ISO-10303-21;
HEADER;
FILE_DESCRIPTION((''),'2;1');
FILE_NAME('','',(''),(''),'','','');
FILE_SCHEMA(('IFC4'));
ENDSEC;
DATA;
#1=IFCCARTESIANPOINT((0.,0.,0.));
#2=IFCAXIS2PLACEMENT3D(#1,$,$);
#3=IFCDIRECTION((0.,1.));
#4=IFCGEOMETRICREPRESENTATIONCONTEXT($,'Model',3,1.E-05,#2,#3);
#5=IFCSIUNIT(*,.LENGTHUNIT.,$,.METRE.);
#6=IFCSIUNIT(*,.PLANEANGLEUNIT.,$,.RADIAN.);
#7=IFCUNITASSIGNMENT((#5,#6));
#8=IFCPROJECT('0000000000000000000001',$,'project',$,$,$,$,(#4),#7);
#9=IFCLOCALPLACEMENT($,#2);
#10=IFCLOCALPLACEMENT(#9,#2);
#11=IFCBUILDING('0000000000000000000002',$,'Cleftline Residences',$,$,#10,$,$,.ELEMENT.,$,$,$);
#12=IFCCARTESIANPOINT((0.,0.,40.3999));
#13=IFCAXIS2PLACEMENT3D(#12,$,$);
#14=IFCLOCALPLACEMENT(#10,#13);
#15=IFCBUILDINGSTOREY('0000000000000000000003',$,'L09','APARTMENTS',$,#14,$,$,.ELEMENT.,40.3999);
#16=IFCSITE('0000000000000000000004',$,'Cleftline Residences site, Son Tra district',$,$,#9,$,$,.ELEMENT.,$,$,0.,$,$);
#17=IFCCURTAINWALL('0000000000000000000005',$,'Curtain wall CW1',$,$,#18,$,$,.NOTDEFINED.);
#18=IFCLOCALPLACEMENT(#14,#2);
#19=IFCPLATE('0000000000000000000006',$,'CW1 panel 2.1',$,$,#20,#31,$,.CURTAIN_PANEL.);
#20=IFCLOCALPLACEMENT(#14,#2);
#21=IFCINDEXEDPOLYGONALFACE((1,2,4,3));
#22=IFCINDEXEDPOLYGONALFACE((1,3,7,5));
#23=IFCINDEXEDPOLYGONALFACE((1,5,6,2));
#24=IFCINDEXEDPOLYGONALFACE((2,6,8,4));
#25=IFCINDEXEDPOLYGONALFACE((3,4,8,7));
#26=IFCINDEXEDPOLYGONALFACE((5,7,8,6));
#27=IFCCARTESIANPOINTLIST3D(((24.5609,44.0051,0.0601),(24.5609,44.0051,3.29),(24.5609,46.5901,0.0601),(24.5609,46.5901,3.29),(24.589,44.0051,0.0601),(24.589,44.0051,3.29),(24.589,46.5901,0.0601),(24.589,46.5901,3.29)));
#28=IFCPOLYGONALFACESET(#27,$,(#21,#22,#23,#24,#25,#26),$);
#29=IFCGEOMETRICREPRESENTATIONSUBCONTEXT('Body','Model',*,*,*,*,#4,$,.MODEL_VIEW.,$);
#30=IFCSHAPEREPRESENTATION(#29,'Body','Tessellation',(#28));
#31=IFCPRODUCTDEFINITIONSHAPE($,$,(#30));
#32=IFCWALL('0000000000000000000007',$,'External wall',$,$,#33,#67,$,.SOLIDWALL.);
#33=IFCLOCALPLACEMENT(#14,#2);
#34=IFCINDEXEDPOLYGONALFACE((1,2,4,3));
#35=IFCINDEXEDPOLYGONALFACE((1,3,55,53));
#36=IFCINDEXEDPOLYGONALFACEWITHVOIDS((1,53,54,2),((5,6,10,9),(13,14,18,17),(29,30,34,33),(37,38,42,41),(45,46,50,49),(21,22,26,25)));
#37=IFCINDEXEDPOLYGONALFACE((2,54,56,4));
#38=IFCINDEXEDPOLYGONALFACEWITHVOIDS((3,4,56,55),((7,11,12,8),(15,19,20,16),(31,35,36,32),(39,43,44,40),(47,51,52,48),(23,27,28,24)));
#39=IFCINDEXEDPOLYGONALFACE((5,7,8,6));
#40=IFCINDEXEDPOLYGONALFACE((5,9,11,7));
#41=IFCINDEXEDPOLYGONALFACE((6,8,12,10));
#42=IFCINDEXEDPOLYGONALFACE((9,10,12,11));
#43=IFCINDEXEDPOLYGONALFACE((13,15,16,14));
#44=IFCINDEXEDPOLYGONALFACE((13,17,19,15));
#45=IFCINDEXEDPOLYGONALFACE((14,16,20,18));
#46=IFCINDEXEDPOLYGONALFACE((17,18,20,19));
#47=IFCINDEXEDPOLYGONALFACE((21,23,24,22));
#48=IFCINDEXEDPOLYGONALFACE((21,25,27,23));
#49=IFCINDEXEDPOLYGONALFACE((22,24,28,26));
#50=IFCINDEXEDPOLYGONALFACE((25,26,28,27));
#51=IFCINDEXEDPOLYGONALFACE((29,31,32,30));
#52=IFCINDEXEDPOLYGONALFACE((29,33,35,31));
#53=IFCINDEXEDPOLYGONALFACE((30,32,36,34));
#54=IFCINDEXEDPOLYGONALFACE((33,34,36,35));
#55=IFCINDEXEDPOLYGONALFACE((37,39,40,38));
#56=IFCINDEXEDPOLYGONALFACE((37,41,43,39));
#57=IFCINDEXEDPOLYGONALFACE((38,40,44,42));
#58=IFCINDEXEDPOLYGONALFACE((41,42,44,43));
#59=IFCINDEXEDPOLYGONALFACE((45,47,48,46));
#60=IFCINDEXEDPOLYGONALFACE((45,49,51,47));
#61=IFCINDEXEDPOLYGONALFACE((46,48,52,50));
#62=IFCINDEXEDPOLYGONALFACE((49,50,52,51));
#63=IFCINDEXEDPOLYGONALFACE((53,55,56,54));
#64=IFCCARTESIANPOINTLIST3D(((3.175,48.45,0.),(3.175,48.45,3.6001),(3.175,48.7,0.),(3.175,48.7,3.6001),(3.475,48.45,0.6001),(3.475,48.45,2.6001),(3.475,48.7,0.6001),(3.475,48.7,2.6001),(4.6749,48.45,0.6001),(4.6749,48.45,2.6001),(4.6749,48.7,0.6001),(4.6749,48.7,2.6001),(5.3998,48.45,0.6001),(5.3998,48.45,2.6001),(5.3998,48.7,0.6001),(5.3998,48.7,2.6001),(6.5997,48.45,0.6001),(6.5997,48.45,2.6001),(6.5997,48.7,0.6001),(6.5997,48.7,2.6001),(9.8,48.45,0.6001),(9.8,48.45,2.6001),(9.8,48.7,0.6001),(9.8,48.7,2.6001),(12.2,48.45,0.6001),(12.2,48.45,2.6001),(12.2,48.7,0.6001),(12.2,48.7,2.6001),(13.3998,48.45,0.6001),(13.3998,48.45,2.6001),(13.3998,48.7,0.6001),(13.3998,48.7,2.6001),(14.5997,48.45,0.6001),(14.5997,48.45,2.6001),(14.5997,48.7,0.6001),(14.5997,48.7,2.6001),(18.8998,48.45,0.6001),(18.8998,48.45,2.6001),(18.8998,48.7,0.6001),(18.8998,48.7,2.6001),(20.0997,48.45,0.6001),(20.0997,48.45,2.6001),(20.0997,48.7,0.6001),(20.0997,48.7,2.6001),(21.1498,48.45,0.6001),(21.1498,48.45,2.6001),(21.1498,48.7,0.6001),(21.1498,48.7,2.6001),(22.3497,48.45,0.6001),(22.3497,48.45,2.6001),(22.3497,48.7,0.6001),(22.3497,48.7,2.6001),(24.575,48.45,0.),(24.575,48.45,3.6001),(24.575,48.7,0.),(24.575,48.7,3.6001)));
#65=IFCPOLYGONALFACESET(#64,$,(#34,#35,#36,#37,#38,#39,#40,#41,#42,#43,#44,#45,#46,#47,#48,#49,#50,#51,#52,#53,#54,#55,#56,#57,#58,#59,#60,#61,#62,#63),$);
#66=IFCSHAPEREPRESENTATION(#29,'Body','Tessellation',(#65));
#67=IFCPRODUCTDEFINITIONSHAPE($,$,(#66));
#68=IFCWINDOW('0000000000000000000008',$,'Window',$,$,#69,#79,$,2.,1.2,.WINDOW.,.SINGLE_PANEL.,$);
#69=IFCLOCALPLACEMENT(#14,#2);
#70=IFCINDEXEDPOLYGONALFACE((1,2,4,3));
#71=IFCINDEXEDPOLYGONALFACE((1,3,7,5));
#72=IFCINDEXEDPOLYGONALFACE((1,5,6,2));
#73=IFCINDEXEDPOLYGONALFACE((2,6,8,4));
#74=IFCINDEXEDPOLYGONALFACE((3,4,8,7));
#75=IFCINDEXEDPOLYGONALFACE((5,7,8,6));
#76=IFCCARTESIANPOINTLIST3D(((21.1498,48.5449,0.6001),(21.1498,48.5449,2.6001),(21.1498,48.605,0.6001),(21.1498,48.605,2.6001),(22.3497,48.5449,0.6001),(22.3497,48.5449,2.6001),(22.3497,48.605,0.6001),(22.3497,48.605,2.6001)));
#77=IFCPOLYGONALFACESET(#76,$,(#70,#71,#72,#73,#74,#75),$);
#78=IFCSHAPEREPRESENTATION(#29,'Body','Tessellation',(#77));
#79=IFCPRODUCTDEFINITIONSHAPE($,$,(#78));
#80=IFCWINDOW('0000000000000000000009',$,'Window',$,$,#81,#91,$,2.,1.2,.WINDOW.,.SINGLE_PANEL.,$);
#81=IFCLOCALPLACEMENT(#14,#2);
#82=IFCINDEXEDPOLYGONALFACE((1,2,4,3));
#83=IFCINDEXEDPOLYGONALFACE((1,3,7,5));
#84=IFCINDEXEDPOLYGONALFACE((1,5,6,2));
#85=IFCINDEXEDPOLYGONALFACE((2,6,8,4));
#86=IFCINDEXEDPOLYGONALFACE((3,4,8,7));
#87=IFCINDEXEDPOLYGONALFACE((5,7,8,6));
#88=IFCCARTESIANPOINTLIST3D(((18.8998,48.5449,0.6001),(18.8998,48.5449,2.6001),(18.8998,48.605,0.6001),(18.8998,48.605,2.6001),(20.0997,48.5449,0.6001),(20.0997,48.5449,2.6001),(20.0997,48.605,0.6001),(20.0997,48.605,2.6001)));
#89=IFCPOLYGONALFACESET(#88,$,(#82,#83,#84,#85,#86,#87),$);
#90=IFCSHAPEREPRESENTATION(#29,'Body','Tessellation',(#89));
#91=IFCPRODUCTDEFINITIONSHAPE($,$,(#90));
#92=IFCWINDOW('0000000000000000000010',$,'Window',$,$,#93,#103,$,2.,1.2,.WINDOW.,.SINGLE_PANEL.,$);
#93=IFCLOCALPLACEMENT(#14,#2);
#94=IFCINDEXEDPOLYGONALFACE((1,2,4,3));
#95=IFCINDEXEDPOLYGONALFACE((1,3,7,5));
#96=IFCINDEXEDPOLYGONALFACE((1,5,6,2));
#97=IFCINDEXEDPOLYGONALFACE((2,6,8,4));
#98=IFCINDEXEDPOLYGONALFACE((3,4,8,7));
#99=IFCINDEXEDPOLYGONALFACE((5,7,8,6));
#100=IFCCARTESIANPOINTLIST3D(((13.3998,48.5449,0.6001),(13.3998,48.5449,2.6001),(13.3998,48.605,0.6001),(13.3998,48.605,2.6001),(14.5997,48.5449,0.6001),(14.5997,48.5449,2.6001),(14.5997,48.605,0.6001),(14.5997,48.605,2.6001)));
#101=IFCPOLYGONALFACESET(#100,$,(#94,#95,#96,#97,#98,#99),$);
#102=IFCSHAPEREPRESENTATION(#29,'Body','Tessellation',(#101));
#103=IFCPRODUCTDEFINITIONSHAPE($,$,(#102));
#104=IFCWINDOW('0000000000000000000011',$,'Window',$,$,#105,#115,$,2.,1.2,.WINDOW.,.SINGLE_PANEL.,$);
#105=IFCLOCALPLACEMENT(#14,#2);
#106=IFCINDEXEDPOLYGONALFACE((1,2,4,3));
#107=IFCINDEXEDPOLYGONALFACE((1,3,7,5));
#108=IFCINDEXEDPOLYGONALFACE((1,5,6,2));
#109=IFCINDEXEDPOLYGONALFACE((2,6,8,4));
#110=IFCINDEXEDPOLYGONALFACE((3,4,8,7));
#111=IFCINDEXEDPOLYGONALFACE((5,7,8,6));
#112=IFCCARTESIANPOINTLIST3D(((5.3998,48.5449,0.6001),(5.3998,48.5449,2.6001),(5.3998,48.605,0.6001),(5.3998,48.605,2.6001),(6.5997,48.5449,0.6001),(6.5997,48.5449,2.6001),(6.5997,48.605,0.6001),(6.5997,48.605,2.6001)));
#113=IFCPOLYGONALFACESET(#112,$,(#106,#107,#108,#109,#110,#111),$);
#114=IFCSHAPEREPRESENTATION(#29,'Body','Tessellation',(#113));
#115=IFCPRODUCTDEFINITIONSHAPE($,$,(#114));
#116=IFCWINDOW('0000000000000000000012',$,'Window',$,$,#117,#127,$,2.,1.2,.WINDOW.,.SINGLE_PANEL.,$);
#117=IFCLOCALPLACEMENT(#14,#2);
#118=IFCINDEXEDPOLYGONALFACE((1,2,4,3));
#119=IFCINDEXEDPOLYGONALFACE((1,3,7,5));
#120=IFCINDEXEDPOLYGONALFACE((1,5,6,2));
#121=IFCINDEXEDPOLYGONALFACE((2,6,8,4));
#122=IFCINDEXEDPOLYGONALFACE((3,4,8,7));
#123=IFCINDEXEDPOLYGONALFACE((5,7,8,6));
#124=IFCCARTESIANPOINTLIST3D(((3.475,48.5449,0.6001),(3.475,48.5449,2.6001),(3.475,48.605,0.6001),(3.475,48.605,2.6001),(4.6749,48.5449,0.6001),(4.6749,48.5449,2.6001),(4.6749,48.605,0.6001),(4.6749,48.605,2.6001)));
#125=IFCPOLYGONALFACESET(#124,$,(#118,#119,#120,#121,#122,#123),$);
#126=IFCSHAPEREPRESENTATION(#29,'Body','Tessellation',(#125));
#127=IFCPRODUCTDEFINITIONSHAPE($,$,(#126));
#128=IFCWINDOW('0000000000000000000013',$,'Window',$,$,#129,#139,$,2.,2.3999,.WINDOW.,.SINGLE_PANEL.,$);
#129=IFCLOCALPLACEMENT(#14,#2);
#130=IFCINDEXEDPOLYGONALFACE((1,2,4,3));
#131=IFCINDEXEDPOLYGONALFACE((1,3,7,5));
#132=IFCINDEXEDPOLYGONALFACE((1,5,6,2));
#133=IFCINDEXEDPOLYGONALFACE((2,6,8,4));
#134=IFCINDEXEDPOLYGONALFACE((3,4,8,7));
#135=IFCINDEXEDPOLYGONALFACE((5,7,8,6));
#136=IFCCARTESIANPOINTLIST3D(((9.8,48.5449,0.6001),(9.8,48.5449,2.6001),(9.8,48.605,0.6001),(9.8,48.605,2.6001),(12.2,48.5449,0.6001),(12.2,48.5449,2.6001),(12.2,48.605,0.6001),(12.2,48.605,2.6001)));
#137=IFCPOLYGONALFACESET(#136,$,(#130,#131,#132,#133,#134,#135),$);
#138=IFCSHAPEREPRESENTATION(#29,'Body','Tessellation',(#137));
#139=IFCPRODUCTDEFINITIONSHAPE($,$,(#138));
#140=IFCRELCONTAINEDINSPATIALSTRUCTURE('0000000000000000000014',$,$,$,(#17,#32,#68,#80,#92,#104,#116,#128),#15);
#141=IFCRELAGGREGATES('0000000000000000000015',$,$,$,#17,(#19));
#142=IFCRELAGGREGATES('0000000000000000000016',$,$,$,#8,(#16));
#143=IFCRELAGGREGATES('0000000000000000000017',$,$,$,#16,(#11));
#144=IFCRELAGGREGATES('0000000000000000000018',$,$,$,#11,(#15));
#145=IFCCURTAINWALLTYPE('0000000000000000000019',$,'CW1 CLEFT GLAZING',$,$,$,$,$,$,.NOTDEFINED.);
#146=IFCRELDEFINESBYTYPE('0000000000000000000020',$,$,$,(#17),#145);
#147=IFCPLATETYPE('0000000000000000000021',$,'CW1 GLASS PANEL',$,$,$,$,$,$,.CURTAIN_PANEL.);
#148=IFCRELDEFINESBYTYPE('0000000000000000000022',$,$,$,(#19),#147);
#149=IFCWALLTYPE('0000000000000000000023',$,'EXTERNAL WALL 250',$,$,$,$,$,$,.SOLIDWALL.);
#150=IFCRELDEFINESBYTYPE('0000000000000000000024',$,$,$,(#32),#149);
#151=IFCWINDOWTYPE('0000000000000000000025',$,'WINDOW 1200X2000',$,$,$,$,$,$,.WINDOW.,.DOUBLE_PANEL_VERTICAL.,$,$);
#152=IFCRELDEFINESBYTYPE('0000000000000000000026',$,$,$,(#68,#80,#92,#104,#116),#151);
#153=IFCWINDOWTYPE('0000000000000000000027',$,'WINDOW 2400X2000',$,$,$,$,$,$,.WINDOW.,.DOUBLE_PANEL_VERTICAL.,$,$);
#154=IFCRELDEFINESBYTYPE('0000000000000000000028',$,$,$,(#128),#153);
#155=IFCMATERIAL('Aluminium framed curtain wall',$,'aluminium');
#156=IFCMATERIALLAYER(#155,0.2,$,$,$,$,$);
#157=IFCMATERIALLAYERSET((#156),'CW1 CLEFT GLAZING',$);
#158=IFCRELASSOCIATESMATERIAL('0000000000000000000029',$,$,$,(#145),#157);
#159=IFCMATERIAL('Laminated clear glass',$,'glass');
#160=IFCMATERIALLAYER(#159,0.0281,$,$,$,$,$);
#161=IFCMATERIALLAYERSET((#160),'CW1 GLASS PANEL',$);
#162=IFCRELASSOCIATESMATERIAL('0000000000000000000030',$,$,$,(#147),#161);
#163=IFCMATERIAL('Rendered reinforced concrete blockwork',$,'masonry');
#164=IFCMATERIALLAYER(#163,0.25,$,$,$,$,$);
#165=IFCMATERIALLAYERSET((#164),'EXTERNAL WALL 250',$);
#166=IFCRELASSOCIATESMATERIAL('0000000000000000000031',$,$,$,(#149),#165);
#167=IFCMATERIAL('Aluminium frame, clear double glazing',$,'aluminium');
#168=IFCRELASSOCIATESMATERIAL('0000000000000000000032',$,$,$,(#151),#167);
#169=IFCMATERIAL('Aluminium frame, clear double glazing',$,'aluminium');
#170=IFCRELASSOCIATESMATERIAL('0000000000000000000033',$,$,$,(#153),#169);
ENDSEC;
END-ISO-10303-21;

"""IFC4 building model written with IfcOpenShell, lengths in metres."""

from ifc_helpers import new_model, si_unit, direction, frame, frame_2d, origin, origin_2d, place, context, subcontext, project, spatial, rectangle, extrude, material, layer, layer_set, type_object, element, fill, aggregate, save


model = new_model("IFC4")

# Units and contexts
model_context = context("Model", 3, precision=1e-05, world=origin(), true_north=direction((0.0, 1.0)))
body_context = subcontext(model_context, "Body", "Model", "MODEL_VIEW")
ifc_project = project(units=[si_unit("LENGTHUNIT", "METRE"), si_unit("PLANEANGLEUNIT", "RADIAN")], contexts=[model_context])

# Site, building, storey
site_placement = place(None, origin())
site = spatial("IfcSite", under=ifc_project, at=site_placement, Name="Cleftline Residences site, Son Tra district", CompositionType="ELEMENT", RefElevation=0.0)
building_placement = place(site_placement, origin())
building = spatial("IfcBuilding", under=site, at=building_placement, Name="Cleftline Residences", CompositionType="ELEMENT")
storey_placement = place(building_placement, frame((0.0, 0.0, 40.3999)))
storey = spatial("IfcBuildingStorey", under=building, at=storey_placement, Name="L09", Description="APARTMENTS", CompositionType="ELEMENT", Elevation=40.3999)

# Shared definitions
ifc_material_1 = material(Name="Aluminium framed curtain wall", Category="aluminium")
ifc_layer_1 = layer(ifc_material_1, 0.2)
ifc_layer_set_1 = layer_set([ifc_layer_1], Name="CW1 CLEFT GLAZING")
curtain_wall_type = type_object("IfcCurtainWallType", Name="CW1 CLEFT GLAZING", PredefinedType="NOTDEFINED", material=ifc_layer_set_1)

# Curtain wall, plate
curtain_wall_1_placement = place(storey_placement, origin())
curtain_wall_1 = element("IfcCurtainWall", 1, at=curtain_wall_1_placement, inside=storey, type_object=curtain_wall_type, Name="Curtain wall CW1", PredefinedType="NOTDEFINED")
ifc_material_2 = material(Name="Laminated clear glass", Category="glass")
ifc_layer_2 = layer(ifc_material_2, 0.0281)
ifc_layer_set_2 = layer_set([ifc_layer_2], Name="CW1 GLASS PANEL")
plate_type = type_object("IfcPlateType", Name="CW1 GLASS PANEL", PredefinedType="CURTAIN_PANEL", material=ifc_layer_set_2)
plate_1_placement = place(storey_placement, frame((24.575, 45.2976, 0.0601), z_axis=(0.0, 0.0, 1.0), x_axis=(0.0, 1.0, 0.0)))
plate_1 = element("IfcPlate", 2, at=plate_1_placement, type_object=plate_type, Name="CW1 panel 2.1", PredefinedType="CURTAIN_PANEL", context=body_context, shape_type="SweptSolid", body=[
    extrude(rectangle(XDim=2.585, YDim=0.0281, at=origin_2d()), origin(), (0.0, 0.0, 1.0), 3.23),
])
aggregate(curtain_wall_1, [plate_1])

# Wall, openings, windows
ifc_material_3 = material(Name="Rendered reinforced concrete blockwork", Category="masonry")
ifc_layer_3 = layer(ifc_material_3, 0.25)
ifc_layer_set_3 = layer_set([ifc_layer_3], Name="EXTERNAL WALL 250")
wall_type = type_object("IfcWallType", Name="EXTERNAL WALL 250", PredefinedType="SOLIDWALL", material=ifc_layer_set_3)
wall_placement = place(storey_placement, frame((24.575, 48.575, 0.0), z_axis=(0.0, 0.0, 1.0), x_axis=(-1.0, 0.0, 0.0)))
wall = element("IfcWall", 3, at=wall_placement, inside=storey, type_object=wall_type, Name="External wall", PredefinedType="SOLIDWALL", context=body_context, shape_type="SweptSolid", body=[
    extrude(rectangle(XDim=21.3999, YDim=0.25, at=frame_2d((10.7, 0.0))), origin(), (0.0, 0.0, 1.0), 3.6001),
])
opening_1_placement = place(wall_placement, frame((2.2251, 0.0, 0.6001)))
opening_1 = element("IfcOpeningElement", 4, at=opening_1_placement, cuts=wall, PredefinedType="OPENING", context=body_context, shape_type="SweptSolid", body=[
    extrude(rectangle(XDim=1.2, YDim=2.0, at=frame_2d((0.6001, 1.0))), frame((0.0, 0.135, 0.0), z_axis=(0.0, -1.0, 0.0), x_axis=(1.0, 0.0, 0.0)), (0.0, 0.0, 1.0), 0.27),
])
opening_2_placement = place(wall_placement, frame((4.4751, 0.0, 0.6001)))
opening_2 = element("IfcOpeningElement", 5, at=opening_2_placement, cuts=wall, PredefinedType="OPENING", context=body_context, shape_type="SweptSolid", body=[
    extrude(rectangle(XDim=1.2, YDim=2.0, at=frame_2d((0.6001, 1.0))), frame((0.0, 0.135, 0.0), z_axis=(0.0, -1.0, 0.0), x_axis=(1.0, 0.0, 0.0)), (0.0, 0.0, 1.0), 0.27),
])
opening_3_placement = place(wall_placement, frame((9.9751, 0.0, 0.6001)))
opening_3 = element("IfcOpeningElement", 6, at=opening_3_placement, cuts=wall, PredefinedType="OPENING", context=body_context, shape_type="SweptSolid", body=[
    extrude(rectangle(XDim=1.2, YDim=2.0, at=frame_2d((0.6001, 1.0))), frame((0.0, 0.135, 0.0), z_axis=(0.0, -1.0, 0.0), x_axis=(1.0, 0.0, 0.0)), (0.0, 0.0, 1.0), 0.27),
])
opening_4_placement = place(wall_placement, frame((12.375, 0.0, 0.6001)))
opening_4 = element("IfcOpeningElement", 7, at=opening_4_placement, cuts=wall, PredefinedType="OPENING", context=body_context, shape_type="SweptSolid", body=[
    extrude(rectangle(XDim=2.3999, YDim=2.0, at=frame_2d((1.2, 1.0))), frame((0.0, 0.135, 0.0), z_axis=(0.0, -1.0, 0.0), x_axis=(1.0, 0.0, 0.0)), (0.0, 0.0, 1.0), 0.27),
])
opening_5_placement = place(wall_placement, frame((17.9751, 0.0, 0.6001)))
opening_5 = element("IfcOpeningElement", 8, at=opening_5_placement, cuts=wall, PredefinedType="OPENING", context=body_context, shape_type="SweptSolid", body=[
    extrude(rectangle(XDim=1.2, YDim=2.0, at=frame_2d((0.6001, 1.0))), frame((0.0, 0.135, 0.0), z_axis=(0.0, -1.0, 0.0), x_axis=(1.0, 0.0, 0.0)), (0.0, 0.0, 1.0), 0.27),
])
opening_6_placement = place(wall_placement, frame((19.8999, 0.0, 0.6001)))
opening_6 = element("IfcOpeningElement", 9, at=opening_6_placement, cuts=wall, PredefinedType="OPENING", context=body_context, shape_type="SweptSolid", body=[
    extrude(rectangle(XDim=1.2, YDim=2.0, at=frame_2d((0.6001, 1.0))), frame((0.0, 0.135, 0.0), z_axis=(0.0, -1.0, 0.0), x_axis=(1.0, 0.0, 0.0)), (0.0, 0.0, 1.0), 0.27),
])
ifc_material_4 = material(Name="Aluminium frame, clear double glazing", Category="aluminium")
window_type_1 = type_object("IfcWindowType", Name="WINDOW 1200X2000", PartitioningType="DOUBLE_PANEL_VERTICAL", PredefinedType="WINDOW", material=ifc_material_4)
window_1_placement = place(opening_1_placement, origin())
window_1 = element("IfcWindow", 10, at=window_1_placement, inside=storey, type_object=window_type_1, Name="Window", OverallHeight=2.0, OverallWidth=1.2, PartitioningType="SINGLE_PANEL", PredefinedType="WINDOW", context=body_context, shape_type="SweptSolid", body=[
    extrude(rectangle(XDim=1.2, YDim=2.0, at=frame_2d((0.6001, 1.0))), frame((0.0, 0.03, 0.0), z_axis=(0.0, -1.0, 0.0), x_axis=(1.0, 0.0, 0.0)), (0.0, 0.0, 1.0), 0.0601),
])
fill(opening_1, window_1)
window_2_placement = place(opening_2_placement, origin())
window_2 = element("IfcWindow", 11, at=window_2_placement, inside=storey, type_object=window_type_1, Name="Window", OverallHeight=2.0, OverallWidth=1.2, PartitioningType="SINGLE_PANEL", PredefinedType="WINDOW", context=body_context, shape_type="SweptSolid", body=[
    extrude(rectangle(XDim=1.2, YDim=2.0, at=frame_2d((0.6001, 1.0))), frame((0.0, 0.03, 0.0), z_axis=(0.0, -1.0, 0.0), x_axis=(1.0, 0.0, 0.0)), (0.0, 0.0, 1.0), 0.0601),
])
fill(opening_2, window_2)
window_3_placement = place(opening_3_placement, origin())
window_3 = element("IfcWindow", 12, at=window_3_placement, inside=storey, type_object=window_type_1, Name="Window", OverallHeight=2.0, OverallWidth=1.2, PartitioningType="SINGLE_PANEL", PredefinedType="WINDOW", context=body_context, shape_type="SweptSolid", body=[
    extrude(rectangle(XDim=1.2, YDim=2.0, at=frame_2d((0.6001, 1.0))), frame((0.0, 0.03, 0.0), z_axis=(0.0, -1.0, 0.0), x_axis=(1.0, 0.0, 0.0)), (0.0, 0.0, 1.0), 0.0601),
])
fill(opening_3, window_3)
window_4_placement = place(opening_5_placement, origin())
window_4 = element("IfcWindow", 13, at=window_4_placement, inside=storey, type_object=window_type_1, Name="Window", OverallHeight=2.0, OverallWidth=1.2, PartitioningType="SINGLE_PANEL", PredefinedType="WINDOW", context=body_context, shape_type="SweptSolid", body=[
    extrude(rectangle(XDim=1.2, YDim=2.0, at=frame_2d((0.6001, 1.0))), frame((0.0, 0.03, 0.0), z_axis=(0.0, -1.0, 0.0), x_axis=(1.0, 0.0, 0.0)), (0.0, 0.0, 1.0), 0.0601),
])
fill(opening_5, window_4)
window_5_placement = place(opening_6_placement, origin())
window_5 = element("IfcWindow", 14, at=window_5_placement, inside=storey, type_object=window_type_1, Name="Window", OverallHeight=2.0, OverallWidth=1.2, PartitioningType="SINGLE_PANEL", PredefinedType="WINDOW", context=body_context, shape_type="SweptSolid", body=[
    extrude(rectangle(XDim=1.2, YDim=2.0, at=frame_2d((0.6001, 1.0))), frame((0.0, 0.03, 0.0), z_axis=(0.0, -1.0, 0.0), x_axis=(1.0, 0.0, 0.0)), (0.0, 0.0, 1.0), 0.0601),
])
fill(opening_6, window_5)
ifc_material_5 = material(Name="Aluminium frame, clear double glazing", Category="aluminium")
window_type_2 = type_object("IfcWindowType", Name="WINDOW 2400X2000", PartitioningType="DOUBLE_PANEL_VERTICAL", PredefinedType="WINDOW", material=ifc_material_5)
window_6_placement = place(opening_4_placement, origin())
window_6 = element("IfcWindow", 15, at=window_6_placement, inside=storey, type_object=window_type_2, Name="Window", OverallHeight=2.0, OverallWidth=2.3999, PartitioningType="SINGLE_PANEL", PredefinedType="WINDOW", context=body_context, shape_type="SweptSolid", body=[
    extrude(rectangle(XDim=2.3999, YDim=2.0, at=frame_2d((1.2, 1.0))), frame((0.0, 0.03, 0.0), z_axis=(0.0, -1.0, 0.0), x_axis=(1.0, 0.0, 0.0)), (0.0, 0.0, 1.0), 0.0601),
])
fill(opening_4, window_6)

save(model, "model.ifc")
